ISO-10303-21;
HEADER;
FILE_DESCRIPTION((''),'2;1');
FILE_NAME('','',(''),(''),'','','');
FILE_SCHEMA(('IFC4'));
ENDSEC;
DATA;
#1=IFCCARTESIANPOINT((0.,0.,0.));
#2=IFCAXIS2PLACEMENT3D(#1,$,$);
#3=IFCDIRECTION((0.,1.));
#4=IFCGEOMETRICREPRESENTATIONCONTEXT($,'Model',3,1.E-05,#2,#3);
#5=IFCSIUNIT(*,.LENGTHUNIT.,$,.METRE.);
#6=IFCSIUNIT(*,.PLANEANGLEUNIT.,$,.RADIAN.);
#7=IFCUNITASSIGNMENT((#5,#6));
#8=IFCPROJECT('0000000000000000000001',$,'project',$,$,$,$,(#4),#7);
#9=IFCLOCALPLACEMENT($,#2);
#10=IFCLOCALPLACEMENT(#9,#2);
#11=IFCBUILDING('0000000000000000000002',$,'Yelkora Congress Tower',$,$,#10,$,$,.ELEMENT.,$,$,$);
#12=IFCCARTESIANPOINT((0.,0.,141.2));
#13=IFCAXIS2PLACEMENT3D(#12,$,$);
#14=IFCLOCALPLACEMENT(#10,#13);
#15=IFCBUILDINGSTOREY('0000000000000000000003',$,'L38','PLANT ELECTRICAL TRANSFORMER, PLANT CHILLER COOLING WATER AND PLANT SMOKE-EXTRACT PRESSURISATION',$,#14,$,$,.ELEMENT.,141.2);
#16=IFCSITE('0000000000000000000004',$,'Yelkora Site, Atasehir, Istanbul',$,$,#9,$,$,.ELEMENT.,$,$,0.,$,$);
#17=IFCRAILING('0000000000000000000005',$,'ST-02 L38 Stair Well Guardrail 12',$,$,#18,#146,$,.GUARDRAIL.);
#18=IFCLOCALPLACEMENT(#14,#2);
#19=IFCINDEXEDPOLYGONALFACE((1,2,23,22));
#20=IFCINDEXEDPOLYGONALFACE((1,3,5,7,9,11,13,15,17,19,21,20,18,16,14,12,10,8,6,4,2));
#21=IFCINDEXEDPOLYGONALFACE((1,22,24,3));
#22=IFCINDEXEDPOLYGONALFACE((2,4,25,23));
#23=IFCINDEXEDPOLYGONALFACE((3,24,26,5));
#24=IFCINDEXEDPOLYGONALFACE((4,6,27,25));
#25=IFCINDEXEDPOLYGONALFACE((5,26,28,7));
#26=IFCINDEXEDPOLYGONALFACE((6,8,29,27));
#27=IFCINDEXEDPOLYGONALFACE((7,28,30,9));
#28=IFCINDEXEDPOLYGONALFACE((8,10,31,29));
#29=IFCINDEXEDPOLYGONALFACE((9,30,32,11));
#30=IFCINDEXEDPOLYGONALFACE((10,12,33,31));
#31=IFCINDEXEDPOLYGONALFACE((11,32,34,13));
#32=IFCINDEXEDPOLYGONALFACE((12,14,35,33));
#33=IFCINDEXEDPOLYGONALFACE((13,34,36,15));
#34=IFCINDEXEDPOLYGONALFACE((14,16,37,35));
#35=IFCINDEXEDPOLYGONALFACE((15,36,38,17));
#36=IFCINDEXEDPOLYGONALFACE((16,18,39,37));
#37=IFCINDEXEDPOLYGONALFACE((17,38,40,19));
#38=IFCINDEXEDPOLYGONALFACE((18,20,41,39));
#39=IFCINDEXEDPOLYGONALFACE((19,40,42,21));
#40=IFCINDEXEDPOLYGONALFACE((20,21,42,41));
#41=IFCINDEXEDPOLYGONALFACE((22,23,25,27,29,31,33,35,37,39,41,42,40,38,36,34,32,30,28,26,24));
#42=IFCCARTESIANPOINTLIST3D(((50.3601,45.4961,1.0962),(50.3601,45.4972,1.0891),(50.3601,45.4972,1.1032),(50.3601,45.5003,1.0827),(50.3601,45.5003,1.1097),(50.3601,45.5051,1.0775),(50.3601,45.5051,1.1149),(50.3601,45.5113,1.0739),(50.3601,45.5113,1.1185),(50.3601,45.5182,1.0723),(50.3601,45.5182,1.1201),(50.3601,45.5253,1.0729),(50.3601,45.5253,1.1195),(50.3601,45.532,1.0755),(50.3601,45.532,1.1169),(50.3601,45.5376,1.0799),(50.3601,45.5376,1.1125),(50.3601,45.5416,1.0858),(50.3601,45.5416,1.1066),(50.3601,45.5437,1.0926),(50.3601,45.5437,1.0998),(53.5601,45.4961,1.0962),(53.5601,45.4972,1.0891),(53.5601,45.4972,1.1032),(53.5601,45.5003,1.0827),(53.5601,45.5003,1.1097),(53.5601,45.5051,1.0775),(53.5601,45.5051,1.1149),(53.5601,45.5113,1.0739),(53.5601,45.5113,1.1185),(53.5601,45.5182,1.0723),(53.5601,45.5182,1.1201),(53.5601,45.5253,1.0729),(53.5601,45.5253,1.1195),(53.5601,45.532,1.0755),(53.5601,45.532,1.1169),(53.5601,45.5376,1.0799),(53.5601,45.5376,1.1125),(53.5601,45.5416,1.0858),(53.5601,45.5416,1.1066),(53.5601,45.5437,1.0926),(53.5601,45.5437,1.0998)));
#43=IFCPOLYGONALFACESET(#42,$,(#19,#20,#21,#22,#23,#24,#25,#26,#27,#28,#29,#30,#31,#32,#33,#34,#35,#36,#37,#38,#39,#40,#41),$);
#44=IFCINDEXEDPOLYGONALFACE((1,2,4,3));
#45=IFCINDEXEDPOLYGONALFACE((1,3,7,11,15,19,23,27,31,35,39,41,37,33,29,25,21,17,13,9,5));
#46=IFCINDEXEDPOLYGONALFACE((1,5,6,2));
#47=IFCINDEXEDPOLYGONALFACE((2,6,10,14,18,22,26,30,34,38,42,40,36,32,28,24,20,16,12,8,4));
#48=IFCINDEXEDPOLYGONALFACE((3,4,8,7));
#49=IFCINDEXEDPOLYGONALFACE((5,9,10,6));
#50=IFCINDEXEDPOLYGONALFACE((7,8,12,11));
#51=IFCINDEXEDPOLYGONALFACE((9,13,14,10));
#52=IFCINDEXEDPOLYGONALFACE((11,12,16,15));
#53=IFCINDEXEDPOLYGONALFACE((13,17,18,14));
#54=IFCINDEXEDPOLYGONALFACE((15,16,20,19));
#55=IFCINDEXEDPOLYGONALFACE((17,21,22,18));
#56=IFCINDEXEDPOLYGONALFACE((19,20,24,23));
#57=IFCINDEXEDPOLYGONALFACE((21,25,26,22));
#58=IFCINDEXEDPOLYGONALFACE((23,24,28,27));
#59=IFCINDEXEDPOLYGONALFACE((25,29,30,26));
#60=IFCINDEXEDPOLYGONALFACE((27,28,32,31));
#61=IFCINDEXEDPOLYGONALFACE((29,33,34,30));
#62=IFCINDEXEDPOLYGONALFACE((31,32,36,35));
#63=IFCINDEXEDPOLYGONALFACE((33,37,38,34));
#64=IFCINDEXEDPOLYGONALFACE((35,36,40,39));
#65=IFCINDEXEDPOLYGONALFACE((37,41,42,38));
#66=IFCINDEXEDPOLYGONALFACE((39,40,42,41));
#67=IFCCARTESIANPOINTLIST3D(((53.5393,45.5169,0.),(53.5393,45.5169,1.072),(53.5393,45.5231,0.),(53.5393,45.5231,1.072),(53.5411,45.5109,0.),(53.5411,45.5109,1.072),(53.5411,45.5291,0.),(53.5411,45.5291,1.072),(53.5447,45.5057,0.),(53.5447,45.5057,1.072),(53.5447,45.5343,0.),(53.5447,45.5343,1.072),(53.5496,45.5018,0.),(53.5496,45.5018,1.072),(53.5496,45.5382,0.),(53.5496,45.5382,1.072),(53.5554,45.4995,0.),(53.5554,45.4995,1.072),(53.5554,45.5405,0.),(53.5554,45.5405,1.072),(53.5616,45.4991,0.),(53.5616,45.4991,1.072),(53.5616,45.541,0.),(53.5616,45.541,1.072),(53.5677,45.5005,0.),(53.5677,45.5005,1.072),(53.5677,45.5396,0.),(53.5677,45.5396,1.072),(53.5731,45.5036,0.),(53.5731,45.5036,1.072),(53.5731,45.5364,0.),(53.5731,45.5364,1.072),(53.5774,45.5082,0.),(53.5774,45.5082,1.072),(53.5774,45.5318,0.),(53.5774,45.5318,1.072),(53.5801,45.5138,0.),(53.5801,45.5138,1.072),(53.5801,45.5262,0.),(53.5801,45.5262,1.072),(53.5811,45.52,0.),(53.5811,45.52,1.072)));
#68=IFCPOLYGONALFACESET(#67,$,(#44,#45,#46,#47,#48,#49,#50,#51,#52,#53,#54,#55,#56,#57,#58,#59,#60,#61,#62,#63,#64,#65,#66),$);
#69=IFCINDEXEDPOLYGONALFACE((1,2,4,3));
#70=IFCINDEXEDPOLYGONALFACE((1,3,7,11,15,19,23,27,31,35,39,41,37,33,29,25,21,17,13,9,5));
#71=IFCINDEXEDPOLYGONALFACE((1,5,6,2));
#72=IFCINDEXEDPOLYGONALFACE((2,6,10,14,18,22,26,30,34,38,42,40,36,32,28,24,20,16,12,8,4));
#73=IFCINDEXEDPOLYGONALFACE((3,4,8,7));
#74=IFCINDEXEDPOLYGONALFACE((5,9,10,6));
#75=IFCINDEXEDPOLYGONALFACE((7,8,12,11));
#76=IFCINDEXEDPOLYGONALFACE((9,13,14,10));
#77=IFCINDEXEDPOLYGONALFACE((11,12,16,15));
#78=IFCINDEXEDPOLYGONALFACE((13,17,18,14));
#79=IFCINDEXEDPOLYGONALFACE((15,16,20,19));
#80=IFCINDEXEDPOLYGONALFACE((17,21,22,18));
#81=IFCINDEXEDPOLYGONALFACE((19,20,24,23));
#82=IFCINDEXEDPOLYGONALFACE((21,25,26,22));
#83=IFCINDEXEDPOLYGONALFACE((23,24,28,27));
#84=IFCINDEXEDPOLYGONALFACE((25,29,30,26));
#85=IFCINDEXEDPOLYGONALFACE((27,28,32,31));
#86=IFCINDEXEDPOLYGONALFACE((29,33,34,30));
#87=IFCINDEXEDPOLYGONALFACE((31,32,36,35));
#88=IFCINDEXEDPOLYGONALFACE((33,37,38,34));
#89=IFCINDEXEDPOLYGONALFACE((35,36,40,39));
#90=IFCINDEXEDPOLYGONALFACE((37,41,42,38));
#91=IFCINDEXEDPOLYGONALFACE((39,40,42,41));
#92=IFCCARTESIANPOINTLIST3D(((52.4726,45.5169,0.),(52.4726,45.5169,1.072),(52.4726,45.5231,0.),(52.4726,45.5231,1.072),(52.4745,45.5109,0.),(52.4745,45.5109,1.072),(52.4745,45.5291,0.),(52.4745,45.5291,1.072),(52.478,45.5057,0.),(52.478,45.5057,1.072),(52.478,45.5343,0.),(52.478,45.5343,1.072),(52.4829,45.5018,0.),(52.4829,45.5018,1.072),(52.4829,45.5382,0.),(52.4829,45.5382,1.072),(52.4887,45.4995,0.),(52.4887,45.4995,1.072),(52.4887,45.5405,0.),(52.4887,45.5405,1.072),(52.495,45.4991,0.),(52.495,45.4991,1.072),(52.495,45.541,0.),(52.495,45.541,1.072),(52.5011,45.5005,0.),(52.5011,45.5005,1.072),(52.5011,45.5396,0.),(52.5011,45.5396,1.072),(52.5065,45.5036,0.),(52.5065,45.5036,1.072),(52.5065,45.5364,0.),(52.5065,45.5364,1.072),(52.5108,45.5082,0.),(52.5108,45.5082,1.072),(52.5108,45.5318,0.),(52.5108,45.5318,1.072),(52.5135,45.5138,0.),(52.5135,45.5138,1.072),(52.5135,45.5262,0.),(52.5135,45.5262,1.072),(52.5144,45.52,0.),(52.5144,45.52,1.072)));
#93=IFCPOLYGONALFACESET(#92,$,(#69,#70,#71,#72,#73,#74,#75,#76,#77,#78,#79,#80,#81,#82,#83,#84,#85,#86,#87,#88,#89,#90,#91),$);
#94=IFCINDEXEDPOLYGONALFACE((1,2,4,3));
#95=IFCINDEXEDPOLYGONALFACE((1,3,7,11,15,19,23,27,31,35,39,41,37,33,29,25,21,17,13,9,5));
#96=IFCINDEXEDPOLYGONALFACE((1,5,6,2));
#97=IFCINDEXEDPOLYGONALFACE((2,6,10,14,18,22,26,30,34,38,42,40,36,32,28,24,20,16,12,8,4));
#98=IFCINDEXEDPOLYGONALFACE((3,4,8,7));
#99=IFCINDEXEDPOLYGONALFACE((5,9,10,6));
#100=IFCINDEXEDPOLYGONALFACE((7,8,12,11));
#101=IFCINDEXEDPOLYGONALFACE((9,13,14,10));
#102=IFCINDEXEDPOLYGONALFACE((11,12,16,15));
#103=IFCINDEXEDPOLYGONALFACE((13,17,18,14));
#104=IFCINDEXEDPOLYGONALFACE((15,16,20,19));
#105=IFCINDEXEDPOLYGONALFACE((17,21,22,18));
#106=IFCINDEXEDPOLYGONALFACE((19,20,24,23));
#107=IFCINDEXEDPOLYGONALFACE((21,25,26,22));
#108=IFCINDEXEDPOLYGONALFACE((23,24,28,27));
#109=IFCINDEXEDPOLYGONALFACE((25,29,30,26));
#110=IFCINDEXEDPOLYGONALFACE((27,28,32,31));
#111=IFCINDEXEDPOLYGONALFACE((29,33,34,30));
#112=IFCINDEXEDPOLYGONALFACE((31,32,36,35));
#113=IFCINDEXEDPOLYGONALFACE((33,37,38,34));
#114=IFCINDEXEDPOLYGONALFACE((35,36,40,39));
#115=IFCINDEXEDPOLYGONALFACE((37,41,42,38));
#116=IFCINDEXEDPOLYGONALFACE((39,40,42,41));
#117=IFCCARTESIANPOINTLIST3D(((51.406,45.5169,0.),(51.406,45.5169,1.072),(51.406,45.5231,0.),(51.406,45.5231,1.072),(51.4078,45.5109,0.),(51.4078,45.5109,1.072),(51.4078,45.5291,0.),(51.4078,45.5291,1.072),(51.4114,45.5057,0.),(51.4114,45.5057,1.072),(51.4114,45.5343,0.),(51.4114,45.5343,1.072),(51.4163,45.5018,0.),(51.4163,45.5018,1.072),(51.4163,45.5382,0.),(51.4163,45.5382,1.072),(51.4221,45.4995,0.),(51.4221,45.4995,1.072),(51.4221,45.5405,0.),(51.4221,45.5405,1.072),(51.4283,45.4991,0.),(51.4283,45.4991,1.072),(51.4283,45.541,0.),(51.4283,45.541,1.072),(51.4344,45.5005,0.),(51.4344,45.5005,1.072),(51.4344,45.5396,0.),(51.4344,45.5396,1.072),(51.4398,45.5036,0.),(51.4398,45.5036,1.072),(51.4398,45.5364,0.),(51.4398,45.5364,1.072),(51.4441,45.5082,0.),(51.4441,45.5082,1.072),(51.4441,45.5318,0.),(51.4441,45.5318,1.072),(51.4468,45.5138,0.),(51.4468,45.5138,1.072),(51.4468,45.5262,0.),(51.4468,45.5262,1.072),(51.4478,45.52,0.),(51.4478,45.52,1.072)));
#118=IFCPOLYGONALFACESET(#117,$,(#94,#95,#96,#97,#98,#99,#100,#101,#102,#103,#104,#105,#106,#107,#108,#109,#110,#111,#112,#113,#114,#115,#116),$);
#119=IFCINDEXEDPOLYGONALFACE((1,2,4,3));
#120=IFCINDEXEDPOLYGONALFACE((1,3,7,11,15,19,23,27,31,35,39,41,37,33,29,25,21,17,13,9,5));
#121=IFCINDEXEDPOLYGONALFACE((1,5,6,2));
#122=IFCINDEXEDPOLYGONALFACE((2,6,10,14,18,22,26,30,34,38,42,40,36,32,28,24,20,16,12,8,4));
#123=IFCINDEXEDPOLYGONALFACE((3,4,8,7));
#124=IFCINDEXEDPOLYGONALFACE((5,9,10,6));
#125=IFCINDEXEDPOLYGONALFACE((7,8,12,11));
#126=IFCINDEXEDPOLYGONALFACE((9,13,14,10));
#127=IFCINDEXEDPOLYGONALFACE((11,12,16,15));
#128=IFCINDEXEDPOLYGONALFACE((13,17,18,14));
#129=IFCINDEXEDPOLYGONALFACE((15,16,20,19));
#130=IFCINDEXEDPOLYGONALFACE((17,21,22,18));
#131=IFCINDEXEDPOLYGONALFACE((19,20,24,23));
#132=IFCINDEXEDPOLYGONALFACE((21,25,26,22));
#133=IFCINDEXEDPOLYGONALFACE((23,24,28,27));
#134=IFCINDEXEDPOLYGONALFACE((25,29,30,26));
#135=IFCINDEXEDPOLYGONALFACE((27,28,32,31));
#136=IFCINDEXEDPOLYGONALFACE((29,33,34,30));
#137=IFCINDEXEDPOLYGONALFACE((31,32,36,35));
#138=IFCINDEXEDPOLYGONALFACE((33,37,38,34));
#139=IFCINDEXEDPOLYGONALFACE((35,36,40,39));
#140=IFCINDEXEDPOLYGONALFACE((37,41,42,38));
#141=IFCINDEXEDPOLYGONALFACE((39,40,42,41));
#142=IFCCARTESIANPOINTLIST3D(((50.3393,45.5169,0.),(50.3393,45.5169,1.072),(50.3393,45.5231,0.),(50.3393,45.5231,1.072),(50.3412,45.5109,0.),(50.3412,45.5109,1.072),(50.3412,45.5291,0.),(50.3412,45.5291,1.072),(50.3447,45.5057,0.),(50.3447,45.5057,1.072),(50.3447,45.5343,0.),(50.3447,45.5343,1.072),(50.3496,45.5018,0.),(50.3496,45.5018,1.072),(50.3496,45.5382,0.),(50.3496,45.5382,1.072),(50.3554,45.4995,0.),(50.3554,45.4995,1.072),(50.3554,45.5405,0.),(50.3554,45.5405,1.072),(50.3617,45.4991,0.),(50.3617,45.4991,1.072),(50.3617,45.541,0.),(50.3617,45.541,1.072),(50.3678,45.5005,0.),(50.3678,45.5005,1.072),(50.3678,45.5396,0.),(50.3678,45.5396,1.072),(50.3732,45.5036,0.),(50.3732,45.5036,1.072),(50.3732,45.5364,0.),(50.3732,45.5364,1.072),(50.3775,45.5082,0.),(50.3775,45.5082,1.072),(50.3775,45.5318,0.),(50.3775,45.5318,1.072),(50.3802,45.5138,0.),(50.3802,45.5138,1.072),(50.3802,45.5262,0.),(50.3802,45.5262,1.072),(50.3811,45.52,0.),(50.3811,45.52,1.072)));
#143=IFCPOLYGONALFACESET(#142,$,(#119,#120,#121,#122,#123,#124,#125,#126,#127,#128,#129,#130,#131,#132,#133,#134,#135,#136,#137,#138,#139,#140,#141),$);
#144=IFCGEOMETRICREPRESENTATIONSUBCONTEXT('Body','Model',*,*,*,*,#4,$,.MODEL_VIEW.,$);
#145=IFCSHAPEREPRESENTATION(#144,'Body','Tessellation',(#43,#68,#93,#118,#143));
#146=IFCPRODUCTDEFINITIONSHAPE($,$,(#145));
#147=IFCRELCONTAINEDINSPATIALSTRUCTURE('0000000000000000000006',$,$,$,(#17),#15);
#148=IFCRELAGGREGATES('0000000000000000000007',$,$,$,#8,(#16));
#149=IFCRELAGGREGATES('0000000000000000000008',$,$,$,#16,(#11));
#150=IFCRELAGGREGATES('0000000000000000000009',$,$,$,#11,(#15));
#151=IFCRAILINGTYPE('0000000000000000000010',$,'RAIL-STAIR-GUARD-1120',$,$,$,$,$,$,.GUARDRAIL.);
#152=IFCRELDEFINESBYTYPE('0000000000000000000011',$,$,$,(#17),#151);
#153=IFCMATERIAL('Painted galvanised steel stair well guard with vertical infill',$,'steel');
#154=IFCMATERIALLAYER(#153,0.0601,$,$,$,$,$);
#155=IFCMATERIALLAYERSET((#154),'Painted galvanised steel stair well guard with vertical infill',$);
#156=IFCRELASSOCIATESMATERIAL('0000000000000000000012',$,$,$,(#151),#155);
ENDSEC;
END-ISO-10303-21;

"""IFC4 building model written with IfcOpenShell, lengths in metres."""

from ifc_helpers import new_model, si_unit, direction, frame, origin, origin_2d, place, context, subcontext, project, spatial, circle, extrude, material, layer, layer_set, type_object, element, save


model = new_model("IFC4")

# Units and contexts
model_context = context("Model", 3, precision=1e-05, world=origin(), true_north=direction((0.0, 1.0)))
body_context = subcontext(model_context, "Body", "Model", "MODEL_VIEW")
ifc_project = project(units=[si_unit("LENGTHUNIT", "METRE"), si_unit("PLANEANGLEUNIT", "RADIAN")], contexts=[model_context])

# Site, building, storey
site_placement = place(None, origin())
site = spatial("IfcSite", under=ifc_project, at=site_placement, Name="Yelkora Site, Atasehir, Istanbul", CompositionType="ELEMENT", RefElevation=0.0)
building_placement = place(site_placement, origin())
building = spatial("IfcBuilding", under=site, at=building_placement, Name="Yelkora Congress Tower", CompositionType="ELEMENT")
storey_placement = place(building_placement, frame((0.0, 0.0, 141.2)))
storey = spatial("IfcBuildingStorey", under=building, at=storey_placement, Name="L38", Description="PLANT ELECTRICAL TRANSFORMER, PLANT CHILLER COOLING WATER AND PLANT SMOKE-EXTRACT PRESSURISATION", CompositionType="ELEMENT", Elevation=141.2)

# Railing
ifc_material_1 = material(Name="Painted galvanised steel stair well guard with vertical infill", Category="steel")
ifc_layer_1 = layer(ifc_material_1, 0.0601)
ifc_layer_set_1 = layer_set([ifc_layer_1], Name="Painted galvanised steel stair well guard with vertical infill")
railing_type_1 = type_object("IfcRailingType", Name="RAIL-STAIR-GUARD-1120", PredefinedType="GUARDRAIL", material=ifc_layer_set_1)
railing_1_placement = place(storey_placement, frame((53.5601, 45.52, 0.0)))
element("IfcRailing", 1, at=railing_1_placement, inside=storey, type_object=railing_type_1, Name="ST-02 L38 Stair Well Guardrail 12", PredefinedType="GUARDRAIL", context=body_context, shape_type="SweptSolid", body=[
    extrude(circle(Radius=0.0239, at=origin_2d()), frame((0.0, 0.0, 1.0962), z_axis=(-1.0, 0.0, 0.0), x_axis=(0.0, -1.0, 0.0)), (0.0, 0.0, 1.0), 3.2),
    extrude(circle(Radius=0.021, at=origin_2d()), origin(), (0.0, 0.0, 1.0), 1.072),
    extrude(circle(Radius=0.021, at=origin_2d()), frame((-1.0667, 0.0, 0.0)), (0.0, 0.0, 1.0), 1.072),
    extrude(circle(Radius=0.021, at=origin_2d()), frame((-2.1333, 0.0, 0.0)), (0.0, 0.0, 1.0), 1.072),
    extrude(circle(Radius=0.021, at=origin_2d()), frame((-3.2, 0.0, 0.0)), (0.0, 0.0, 1.0), 1.072),
])

save(model, "model.ifc")
